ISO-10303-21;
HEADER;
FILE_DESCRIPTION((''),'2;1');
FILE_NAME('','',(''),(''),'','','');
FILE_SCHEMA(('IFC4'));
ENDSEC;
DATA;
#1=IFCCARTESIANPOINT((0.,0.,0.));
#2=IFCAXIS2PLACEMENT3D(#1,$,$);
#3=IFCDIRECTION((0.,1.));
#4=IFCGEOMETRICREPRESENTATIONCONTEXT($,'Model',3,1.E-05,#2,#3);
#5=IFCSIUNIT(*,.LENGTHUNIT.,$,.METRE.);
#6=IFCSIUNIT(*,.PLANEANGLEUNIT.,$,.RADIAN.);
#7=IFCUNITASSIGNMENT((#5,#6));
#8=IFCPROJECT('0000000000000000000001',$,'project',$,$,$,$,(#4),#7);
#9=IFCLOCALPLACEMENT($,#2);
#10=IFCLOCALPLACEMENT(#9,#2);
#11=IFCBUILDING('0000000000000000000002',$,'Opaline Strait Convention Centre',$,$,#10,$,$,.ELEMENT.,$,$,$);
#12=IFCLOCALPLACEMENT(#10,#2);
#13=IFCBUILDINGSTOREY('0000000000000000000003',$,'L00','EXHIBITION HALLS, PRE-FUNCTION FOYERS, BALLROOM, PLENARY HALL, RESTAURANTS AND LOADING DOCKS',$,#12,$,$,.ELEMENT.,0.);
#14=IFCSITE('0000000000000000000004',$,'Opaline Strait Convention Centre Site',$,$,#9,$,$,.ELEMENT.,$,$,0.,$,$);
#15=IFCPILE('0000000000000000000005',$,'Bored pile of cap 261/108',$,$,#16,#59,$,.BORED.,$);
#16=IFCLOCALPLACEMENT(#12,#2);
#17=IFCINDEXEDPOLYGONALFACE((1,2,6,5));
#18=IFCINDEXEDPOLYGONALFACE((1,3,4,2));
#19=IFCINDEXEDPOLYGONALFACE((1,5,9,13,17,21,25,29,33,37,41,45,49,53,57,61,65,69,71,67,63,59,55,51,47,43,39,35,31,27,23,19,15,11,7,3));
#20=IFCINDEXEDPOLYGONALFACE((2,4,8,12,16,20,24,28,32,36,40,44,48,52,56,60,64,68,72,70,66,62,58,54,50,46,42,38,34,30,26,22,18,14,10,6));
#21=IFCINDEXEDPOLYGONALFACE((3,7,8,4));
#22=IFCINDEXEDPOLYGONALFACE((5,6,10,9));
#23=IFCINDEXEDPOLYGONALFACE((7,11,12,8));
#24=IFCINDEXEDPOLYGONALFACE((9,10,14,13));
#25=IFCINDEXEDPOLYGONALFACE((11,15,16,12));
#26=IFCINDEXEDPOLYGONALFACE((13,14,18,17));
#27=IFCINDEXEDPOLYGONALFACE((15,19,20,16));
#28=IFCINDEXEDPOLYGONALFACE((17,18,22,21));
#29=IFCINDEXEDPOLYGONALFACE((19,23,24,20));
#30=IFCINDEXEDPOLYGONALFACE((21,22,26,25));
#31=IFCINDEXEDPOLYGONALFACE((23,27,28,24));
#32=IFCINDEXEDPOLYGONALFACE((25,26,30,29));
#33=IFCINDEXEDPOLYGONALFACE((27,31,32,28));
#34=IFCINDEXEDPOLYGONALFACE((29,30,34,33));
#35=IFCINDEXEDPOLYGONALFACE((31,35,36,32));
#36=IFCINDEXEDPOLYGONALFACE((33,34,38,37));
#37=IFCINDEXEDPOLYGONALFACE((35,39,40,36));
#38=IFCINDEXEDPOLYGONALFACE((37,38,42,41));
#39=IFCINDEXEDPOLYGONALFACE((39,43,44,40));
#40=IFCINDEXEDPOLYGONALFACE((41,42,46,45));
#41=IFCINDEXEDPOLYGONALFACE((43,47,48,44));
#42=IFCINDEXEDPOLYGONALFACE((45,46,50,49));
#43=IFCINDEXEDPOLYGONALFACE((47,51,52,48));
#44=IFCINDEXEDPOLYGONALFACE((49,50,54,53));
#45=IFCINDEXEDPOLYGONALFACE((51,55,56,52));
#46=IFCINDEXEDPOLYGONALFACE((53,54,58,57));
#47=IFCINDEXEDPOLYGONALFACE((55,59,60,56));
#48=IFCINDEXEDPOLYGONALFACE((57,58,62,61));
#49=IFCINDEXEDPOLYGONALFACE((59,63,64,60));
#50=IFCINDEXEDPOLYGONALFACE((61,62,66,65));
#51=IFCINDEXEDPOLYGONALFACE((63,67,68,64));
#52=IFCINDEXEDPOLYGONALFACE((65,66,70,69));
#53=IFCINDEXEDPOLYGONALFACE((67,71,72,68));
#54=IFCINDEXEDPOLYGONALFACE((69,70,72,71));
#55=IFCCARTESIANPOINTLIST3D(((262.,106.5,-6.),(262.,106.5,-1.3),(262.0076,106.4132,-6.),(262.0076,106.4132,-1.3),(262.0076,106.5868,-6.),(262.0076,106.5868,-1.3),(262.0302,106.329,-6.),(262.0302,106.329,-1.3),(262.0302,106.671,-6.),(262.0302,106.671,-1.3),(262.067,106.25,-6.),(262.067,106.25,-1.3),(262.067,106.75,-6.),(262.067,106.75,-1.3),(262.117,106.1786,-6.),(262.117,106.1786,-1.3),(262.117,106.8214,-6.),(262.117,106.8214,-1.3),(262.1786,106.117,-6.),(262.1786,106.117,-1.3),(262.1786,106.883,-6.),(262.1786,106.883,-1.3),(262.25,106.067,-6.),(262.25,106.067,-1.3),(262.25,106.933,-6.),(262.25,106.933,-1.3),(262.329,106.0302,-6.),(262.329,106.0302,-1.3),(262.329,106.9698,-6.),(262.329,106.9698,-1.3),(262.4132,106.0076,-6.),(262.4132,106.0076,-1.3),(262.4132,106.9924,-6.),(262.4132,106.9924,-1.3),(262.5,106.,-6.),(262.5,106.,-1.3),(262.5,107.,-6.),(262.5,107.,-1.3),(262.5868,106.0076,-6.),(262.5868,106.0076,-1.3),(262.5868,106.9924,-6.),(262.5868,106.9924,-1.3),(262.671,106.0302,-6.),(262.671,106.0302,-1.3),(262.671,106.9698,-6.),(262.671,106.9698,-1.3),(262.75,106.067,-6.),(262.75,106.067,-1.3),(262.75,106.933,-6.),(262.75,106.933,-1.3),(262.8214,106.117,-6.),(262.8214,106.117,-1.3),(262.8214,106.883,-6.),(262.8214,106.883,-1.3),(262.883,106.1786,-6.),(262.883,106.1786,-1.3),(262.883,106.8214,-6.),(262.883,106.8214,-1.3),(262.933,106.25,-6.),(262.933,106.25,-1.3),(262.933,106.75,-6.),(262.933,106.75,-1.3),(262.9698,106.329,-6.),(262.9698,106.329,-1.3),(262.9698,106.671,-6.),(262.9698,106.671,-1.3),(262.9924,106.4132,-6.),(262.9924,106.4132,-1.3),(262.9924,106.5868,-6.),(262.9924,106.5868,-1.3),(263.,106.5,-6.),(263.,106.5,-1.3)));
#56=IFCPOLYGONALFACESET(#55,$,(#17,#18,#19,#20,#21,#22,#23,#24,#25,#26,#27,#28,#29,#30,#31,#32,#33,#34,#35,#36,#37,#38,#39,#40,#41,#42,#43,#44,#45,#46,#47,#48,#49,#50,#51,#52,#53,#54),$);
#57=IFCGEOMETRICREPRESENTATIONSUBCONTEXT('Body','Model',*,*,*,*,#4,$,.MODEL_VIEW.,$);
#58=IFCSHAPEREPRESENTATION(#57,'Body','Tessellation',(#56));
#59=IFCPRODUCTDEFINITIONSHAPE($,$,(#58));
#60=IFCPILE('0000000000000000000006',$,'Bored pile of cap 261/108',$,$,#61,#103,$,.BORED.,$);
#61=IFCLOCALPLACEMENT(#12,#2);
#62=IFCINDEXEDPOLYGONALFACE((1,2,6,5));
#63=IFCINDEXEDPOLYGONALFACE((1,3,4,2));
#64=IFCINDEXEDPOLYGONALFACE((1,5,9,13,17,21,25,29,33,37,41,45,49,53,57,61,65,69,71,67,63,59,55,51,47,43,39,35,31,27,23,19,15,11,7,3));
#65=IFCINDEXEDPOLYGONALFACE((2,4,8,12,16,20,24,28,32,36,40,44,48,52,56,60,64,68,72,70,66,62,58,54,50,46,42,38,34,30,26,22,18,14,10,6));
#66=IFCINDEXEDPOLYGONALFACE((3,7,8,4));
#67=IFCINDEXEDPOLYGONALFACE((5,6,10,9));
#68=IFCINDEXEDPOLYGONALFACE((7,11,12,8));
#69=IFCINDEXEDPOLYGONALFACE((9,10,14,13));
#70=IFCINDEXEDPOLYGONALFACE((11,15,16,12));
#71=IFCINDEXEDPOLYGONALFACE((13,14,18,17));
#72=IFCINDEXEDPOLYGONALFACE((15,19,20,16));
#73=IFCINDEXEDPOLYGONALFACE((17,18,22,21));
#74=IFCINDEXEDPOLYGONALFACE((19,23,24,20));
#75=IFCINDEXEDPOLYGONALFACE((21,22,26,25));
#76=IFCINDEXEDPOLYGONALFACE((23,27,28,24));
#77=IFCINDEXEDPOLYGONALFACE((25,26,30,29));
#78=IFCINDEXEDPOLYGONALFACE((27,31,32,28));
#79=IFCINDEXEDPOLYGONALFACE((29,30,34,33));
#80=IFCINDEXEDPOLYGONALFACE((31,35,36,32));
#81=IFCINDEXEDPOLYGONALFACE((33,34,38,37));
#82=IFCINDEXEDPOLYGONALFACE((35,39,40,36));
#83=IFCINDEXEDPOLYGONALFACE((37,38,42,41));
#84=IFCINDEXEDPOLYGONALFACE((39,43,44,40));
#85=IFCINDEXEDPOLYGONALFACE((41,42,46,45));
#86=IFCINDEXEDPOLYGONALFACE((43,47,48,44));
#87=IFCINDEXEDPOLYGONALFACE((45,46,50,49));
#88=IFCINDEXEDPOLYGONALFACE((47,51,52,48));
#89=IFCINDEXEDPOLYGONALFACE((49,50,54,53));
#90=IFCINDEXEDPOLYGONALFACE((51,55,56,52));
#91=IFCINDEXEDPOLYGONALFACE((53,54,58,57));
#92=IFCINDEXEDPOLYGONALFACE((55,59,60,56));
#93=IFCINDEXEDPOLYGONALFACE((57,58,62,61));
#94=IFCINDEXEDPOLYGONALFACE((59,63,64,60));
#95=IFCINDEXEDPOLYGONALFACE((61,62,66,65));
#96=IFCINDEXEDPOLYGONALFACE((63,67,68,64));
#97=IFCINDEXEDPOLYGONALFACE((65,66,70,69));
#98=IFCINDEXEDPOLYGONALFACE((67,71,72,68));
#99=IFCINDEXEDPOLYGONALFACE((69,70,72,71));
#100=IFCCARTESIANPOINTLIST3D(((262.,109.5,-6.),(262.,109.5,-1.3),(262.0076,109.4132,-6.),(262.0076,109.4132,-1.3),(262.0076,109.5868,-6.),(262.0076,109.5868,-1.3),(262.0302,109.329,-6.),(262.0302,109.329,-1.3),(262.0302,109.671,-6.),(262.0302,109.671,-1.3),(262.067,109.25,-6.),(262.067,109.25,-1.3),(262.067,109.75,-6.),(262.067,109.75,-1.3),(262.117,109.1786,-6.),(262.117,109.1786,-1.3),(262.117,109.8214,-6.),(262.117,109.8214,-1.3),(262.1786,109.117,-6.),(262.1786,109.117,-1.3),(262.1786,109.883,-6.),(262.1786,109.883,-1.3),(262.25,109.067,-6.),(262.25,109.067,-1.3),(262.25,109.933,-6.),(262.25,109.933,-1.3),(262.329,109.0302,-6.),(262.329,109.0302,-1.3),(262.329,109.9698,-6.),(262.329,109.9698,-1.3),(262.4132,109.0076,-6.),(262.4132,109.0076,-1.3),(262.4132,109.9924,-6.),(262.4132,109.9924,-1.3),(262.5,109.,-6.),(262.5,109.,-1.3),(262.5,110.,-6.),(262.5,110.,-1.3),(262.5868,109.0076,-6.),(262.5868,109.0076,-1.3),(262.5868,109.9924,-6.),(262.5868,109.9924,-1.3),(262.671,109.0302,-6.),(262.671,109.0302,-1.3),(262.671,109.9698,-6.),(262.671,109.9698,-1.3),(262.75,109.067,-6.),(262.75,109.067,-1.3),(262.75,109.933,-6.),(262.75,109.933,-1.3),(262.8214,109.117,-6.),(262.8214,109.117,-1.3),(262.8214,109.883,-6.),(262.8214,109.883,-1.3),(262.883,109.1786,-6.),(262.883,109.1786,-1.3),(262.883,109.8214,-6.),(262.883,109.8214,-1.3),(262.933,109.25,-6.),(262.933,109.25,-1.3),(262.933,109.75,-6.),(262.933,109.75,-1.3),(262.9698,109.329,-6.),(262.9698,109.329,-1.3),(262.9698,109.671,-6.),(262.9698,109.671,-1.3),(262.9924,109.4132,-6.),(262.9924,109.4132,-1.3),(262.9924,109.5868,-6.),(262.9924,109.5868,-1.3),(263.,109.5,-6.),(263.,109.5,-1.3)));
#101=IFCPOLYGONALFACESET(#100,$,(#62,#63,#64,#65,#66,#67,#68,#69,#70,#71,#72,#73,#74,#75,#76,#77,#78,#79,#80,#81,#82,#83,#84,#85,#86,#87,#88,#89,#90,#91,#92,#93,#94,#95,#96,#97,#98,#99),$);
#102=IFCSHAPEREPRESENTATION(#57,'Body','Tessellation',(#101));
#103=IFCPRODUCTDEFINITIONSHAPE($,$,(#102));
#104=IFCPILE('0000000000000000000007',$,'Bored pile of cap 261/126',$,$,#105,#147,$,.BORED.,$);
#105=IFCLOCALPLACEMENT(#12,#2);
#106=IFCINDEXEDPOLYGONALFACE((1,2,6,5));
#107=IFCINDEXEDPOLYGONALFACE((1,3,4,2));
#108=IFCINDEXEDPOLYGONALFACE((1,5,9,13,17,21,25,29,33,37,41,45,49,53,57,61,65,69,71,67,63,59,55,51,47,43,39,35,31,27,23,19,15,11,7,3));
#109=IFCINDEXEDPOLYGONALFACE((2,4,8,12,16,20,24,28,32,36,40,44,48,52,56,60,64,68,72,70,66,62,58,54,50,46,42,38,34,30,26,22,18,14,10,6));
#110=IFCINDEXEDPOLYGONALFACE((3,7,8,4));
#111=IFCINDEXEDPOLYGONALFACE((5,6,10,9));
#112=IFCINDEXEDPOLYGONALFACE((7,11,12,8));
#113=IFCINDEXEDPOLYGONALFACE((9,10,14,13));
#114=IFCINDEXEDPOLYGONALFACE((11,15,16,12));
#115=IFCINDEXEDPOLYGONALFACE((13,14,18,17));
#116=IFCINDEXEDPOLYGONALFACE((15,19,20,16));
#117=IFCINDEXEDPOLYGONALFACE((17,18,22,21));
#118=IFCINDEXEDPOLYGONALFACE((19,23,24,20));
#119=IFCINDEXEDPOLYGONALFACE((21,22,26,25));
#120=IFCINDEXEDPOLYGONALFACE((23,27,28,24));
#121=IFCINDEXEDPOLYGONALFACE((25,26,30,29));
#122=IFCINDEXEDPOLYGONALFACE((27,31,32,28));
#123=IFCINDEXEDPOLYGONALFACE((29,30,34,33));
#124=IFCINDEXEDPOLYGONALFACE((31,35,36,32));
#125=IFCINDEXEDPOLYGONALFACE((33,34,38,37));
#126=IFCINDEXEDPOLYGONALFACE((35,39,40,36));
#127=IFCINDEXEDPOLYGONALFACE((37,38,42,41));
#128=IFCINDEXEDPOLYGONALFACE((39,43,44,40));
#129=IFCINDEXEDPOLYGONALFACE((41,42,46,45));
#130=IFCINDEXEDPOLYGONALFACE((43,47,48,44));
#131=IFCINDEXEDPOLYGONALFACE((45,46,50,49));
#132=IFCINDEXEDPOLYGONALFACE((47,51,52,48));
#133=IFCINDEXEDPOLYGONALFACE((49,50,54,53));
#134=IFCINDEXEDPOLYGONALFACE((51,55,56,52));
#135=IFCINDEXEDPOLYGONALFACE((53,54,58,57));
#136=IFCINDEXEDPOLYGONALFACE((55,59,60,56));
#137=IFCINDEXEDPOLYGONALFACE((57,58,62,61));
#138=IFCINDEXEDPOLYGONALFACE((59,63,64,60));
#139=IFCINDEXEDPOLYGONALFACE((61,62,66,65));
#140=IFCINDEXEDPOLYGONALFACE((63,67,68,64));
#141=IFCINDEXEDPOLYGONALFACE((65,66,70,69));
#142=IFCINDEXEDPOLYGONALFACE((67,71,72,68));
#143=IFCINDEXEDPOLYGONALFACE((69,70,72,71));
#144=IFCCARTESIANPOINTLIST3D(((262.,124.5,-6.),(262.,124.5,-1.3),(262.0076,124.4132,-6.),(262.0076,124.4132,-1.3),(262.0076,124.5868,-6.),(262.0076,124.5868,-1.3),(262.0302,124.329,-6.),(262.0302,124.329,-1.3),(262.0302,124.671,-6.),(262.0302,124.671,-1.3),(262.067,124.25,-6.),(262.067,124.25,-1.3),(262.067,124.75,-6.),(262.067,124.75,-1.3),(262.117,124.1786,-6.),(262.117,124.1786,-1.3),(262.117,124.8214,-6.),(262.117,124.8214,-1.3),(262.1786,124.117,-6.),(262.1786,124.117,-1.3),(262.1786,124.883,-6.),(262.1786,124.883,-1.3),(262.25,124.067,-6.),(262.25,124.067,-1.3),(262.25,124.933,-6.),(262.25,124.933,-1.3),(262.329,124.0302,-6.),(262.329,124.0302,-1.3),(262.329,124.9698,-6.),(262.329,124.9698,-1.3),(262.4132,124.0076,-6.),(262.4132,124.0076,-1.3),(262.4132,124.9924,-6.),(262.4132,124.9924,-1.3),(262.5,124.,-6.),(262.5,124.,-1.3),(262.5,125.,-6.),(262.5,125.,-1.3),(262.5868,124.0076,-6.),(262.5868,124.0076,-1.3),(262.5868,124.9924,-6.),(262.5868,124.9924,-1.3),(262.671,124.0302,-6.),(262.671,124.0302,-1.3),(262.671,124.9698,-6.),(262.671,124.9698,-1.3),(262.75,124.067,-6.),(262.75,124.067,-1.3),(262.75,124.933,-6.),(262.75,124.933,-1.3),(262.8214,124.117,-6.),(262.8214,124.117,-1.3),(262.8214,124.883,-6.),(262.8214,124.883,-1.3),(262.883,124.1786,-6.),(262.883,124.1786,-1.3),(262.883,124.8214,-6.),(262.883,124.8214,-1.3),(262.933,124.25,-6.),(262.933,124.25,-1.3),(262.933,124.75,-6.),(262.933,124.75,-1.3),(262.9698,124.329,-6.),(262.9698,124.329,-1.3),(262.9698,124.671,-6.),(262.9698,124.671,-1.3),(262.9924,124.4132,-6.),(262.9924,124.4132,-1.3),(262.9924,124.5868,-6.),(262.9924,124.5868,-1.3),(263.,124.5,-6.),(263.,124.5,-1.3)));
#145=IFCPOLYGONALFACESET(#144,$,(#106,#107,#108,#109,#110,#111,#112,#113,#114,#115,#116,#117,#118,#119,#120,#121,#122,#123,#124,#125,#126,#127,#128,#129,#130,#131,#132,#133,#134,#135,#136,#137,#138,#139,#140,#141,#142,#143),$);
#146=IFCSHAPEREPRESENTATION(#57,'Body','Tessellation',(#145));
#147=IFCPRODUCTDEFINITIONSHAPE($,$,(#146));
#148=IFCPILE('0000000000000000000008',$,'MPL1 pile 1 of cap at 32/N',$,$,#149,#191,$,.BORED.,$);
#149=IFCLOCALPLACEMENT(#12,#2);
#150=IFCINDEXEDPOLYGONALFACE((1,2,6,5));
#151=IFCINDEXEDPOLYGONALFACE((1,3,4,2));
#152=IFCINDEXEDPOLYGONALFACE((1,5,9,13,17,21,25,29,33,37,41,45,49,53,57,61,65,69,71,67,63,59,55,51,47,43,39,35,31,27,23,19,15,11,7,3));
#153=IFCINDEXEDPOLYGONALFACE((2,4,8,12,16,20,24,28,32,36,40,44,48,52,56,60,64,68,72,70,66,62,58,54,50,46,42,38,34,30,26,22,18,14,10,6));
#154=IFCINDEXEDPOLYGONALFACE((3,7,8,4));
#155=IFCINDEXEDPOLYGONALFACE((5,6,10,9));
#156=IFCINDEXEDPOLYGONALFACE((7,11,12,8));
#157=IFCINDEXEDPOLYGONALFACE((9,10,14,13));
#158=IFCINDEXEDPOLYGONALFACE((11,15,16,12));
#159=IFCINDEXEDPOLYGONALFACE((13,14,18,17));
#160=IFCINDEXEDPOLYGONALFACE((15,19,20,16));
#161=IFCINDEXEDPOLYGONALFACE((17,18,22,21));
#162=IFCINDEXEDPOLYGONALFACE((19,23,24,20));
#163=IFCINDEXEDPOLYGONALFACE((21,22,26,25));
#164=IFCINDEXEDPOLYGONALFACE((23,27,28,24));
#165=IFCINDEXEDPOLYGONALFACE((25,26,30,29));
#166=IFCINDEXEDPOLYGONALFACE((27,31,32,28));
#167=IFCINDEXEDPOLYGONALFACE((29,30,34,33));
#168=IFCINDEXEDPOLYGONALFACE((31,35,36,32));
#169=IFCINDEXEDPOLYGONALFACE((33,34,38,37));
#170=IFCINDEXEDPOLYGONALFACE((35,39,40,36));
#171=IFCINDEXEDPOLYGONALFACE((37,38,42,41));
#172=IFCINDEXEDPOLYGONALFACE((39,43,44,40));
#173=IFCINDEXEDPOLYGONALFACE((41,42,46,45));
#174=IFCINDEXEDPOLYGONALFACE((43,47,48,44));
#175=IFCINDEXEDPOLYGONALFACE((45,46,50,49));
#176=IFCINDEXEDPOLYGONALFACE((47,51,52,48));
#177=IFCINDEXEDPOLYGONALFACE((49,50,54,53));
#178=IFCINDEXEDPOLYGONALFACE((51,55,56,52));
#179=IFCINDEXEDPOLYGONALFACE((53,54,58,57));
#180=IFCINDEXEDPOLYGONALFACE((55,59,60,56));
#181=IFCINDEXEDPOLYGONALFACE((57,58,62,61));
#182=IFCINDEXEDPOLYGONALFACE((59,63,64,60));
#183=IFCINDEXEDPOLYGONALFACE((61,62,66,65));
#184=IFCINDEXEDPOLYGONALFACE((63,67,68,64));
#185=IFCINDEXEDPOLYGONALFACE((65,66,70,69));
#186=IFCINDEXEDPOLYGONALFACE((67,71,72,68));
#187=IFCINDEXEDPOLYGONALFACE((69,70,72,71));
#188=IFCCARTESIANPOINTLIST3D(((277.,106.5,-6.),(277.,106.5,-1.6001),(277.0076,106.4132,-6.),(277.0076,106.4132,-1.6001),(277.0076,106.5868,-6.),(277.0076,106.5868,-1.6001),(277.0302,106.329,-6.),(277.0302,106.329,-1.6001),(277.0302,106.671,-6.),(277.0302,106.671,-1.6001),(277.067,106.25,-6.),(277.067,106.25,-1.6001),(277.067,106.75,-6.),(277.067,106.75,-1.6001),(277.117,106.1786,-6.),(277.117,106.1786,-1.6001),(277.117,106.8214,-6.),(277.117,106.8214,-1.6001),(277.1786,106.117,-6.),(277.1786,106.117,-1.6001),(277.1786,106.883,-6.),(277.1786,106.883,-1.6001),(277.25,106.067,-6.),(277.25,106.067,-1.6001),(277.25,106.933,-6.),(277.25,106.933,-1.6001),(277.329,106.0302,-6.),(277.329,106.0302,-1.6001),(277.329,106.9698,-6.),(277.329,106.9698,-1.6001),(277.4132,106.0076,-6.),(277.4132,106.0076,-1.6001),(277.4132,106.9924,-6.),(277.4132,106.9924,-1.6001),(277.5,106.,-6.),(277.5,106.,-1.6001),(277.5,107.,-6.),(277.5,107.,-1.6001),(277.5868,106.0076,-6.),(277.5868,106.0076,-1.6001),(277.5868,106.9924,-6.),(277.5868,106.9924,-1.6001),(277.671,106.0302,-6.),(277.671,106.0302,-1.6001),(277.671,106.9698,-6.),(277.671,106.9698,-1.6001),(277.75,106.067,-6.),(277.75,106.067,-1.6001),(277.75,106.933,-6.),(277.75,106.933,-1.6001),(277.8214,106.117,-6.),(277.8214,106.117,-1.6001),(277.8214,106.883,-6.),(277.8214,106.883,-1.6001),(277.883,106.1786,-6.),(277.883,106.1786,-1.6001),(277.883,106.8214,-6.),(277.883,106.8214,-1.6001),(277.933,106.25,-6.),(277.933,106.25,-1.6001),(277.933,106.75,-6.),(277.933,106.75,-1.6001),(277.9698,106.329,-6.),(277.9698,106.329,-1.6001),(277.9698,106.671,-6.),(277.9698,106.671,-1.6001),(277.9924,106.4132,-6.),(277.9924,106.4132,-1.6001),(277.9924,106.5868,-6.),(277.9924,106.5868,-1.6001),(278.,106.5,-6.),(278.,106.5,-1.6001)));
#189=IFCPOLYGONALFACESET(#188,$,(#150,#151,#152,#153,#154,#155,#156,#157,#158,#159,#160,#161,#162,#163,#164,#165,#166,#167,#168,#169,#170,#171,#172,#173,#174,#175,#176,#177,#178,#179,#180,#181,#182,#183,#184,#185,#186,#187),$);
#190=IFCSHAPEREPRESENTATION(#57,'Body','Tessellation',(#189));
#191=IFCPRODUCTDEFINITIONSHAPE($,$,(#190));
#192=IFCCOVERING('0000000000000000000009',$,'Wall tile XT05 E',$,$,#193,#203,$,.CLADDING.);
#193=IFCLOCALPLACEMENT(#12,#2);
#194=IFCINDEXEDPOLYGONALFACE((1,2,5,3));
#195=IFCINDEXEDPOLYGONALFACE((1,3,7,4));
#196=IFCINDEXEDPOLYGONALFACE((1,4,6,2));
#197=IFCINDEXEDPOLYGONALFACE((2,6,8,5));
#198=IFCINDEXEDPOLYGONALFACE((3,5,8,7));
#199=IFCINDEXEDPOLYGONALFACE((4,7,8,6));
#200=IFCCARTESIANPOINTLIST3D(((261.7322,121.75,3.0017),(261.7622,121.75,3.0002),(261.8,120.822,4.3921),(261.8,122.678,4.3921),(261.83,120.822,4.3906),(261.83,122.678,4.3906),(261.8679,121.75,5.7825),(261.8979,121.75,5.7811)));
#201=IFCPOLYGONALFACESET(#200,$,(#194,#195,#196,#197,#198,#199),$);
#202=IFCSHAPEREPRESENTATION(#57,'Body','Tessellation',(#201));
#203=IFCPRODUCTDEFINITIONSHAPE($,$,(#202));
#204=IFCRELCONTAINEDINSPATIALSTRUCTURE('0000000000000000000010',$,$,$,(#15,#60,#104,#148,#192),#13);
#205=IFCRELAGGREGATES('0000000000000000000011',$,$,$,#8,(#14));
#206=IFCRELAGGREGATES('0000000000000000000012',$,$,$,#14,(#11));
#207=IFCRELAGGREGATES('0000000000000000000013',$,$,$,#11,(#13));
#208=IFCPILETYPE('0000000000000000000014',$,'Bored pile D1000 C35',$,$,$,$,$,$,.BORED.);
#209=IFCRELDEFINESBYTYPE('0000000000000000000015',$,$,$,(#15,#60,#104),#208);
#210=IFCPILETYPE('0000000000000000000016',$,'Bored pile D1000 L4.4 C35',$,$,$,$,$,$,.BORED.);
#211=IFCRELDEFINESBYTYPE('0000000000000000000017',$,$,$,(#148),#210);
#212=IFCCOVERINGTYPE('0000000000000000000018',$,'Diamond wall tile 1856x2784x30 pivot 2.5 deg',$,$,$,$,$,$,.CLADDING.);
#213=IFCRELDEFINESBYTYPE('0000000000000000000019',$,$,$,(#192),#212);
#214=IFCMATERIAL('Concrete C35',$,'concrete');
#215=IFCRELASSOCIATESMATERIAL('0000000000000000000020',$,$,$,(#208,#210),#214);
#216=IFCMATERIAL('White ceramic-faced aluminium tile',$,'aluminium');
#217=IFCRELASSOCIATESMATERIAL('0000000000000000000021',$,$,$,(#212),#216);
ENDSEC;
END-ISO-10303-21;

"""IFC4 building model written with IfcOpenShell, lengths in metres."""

from ifc_helpers import new_model, si_unit, direction, frame, origin, origin_2d, place, context, subcontext, project, spatial, polyline, circle, outline, extrude, material, material_profile, profile_set, type_object, element, save


model = new_model("IFC4")

# Units and contexts
model_context = context("Model", 3, precision=1e-05, world=origin(), true_north=direction((0.0, 1.0)))
body_context = subcontext(model_context, "Body", "Model", "MODEL_VIEW")
ifc_project = project(units=[si_unit("LENGTHUNIT", "METRE"), si_unit("PLANEANGLEUNIT", "RADIAN")], contexts=[model_context])

# Site, building, storey
site_placement = place(None, origin())
site = spatial("IfcSite", under=ifc_project, at=site_placement, Name="Opaline Strait Convention Centre Site", CompositionType="ELEMENT", RefElevation=0.0)
building_placement = place(site_placement, origin())
building = spatial("IfcBuilding", under=site, at=building_placement, Name="Opaline Strait Convention Centre", CompositionType="ELEMENT")
storey_placement = place(building_placement, origin())
storey = spatial("IfcBuildingStorey", under=building, at=storey_placement, Name="L00", Description="EXHIBITION HALLS, PRE-FUNCTION FOYERS, BALLROOM, PLENARY HALL, RESTAURANTS AND LOADING DOCKS", CompositionType="ELEMENT", Elevation=0.0)

# Piles
ifc_material_1 = material(Name="Concrete C35", Category="concrete")
ifc_material_profile_1 = material_profile(ifc_material_1, circle(Radius=0.5, at=origin_2d()), Name="D1000")
ifc_profile_set_1 = profile_set([ifc_material_profile_1], Name="Concrete C35")
pile_type_1 = type_object("IfcPileType", Name="Bored pile D1000 C35", PredefinedType="BORED", material=ifc_profile_set_1)
for number, where, z_axis, x_axis, name in (
    (1, (262.5, 106.5, -1.3), (0.0, 0.0, -1.0), (1.0, 0.0, 0.0), "Bored pile of cap 261/108"),
    (2, (262.5, 109.5, -1.3), (0.0, 0.0, -1.0), (1.0, 0.0, 0.0), "Bored pile of cap 261/108"),
    (3, (262.5, 124.5, -1.3), (0.0, 0.0, -1.0), (1.0, 0.0, 0.0), "Bored pile of cap 261/126"),
):
    element("IfcPile", number, at=place(storey_placement, frame(where, z_axis=z_axis, x_axis=x_axis)), inside=storey, type_object=pile_type_1, Name=name, PredefinedType="BORED", context=body_context, shape_type="SweptSolid", body=[
        extrude(circle(Radius=0.5, at=origin_2d()), origin(), (0.0, 0.0, 1.0), 4.7),
    ])
ifc_material_profile_2 = material_profile(ifc_material_1, circle(Radius=0.5, at=origin_2d()), Name="D1000")
ifc_profile_set_2 = profile_set([ifc_material_profile_2], Name="Concrete C35")
pile_type_2 = type_object("IfcPileType", Name="Bored pile D1000 L4.4 C35", PredefinedType="BORED", material=ifc_profile_set_2)
pile_placement = place(storey_placement, frame((277.5, 106.5, -1.6001), z_axis=(0.0, 0.0, -1.0), x_axis=(1.0, 0.0, 0.0)))
element("IfcPile", 4, at=pile_placement, inside=storey, type_object=pile_type_2, Name="MPL1 pile 1 of cap at 32/N", PredefinedType="BORED", context=body_context, shape_type="SweptSolid", body=[
    extrude(circle(Radius=0.5, at=origin_2d()), origin(), (0.0, 0.0, 1.0), 4.3999),
])

# Covering
ifc_material_2 = material(Name="White ceramic-faced aluminium tile", Category="aluminium")
ifc_material_profile_3 = material_profile(ifc_material_2, outline(polyline([(0.928, 0.0), (0.0, 1.3921), (-0.928, 0.0), (0.0, -1.3921), (0.928, 0.0)])), Name="Diamond tile 1856x2784")
ifc_profile_set_3 = profile_set([ifc_material_profile_3], Name="White ceramic-faced aluminium tile")
covering_type_1 = type_object("IfcCoveringType", Name="Diamond wall tile 1856x2784x30 pivot 2.5 deg", PredefinedType="CLADDING", material=ifc_profile_set_3)
for number, where, z_axis, x_axis, name in (
    (5, (261.8, 121.75, 4.3921), (0.998812, 0.0, -0.048723), (0.0, 1.0, 0.0), "Wall tile XT05 E"),
):
    element("IfcCovering", number, at=place(storey_placement, frame(where, z_axis=z_axis, x_axis=x_axis)), inside=storey, type_object=covering_type_1, Name=name, PredefinedType="CLADDING", context=body_context, shape_type="SweptSolid", body=[
        extrude(outline(polyline([(0.928, 0.0), (0.0, 1.3921), (-0.928, 0.0), (0.0, -1.3921), (0.928, 0.0)])), origin(), (0.0, 0.0, 1.0), 0.03),
    ])

save(model, "model.ifc")
